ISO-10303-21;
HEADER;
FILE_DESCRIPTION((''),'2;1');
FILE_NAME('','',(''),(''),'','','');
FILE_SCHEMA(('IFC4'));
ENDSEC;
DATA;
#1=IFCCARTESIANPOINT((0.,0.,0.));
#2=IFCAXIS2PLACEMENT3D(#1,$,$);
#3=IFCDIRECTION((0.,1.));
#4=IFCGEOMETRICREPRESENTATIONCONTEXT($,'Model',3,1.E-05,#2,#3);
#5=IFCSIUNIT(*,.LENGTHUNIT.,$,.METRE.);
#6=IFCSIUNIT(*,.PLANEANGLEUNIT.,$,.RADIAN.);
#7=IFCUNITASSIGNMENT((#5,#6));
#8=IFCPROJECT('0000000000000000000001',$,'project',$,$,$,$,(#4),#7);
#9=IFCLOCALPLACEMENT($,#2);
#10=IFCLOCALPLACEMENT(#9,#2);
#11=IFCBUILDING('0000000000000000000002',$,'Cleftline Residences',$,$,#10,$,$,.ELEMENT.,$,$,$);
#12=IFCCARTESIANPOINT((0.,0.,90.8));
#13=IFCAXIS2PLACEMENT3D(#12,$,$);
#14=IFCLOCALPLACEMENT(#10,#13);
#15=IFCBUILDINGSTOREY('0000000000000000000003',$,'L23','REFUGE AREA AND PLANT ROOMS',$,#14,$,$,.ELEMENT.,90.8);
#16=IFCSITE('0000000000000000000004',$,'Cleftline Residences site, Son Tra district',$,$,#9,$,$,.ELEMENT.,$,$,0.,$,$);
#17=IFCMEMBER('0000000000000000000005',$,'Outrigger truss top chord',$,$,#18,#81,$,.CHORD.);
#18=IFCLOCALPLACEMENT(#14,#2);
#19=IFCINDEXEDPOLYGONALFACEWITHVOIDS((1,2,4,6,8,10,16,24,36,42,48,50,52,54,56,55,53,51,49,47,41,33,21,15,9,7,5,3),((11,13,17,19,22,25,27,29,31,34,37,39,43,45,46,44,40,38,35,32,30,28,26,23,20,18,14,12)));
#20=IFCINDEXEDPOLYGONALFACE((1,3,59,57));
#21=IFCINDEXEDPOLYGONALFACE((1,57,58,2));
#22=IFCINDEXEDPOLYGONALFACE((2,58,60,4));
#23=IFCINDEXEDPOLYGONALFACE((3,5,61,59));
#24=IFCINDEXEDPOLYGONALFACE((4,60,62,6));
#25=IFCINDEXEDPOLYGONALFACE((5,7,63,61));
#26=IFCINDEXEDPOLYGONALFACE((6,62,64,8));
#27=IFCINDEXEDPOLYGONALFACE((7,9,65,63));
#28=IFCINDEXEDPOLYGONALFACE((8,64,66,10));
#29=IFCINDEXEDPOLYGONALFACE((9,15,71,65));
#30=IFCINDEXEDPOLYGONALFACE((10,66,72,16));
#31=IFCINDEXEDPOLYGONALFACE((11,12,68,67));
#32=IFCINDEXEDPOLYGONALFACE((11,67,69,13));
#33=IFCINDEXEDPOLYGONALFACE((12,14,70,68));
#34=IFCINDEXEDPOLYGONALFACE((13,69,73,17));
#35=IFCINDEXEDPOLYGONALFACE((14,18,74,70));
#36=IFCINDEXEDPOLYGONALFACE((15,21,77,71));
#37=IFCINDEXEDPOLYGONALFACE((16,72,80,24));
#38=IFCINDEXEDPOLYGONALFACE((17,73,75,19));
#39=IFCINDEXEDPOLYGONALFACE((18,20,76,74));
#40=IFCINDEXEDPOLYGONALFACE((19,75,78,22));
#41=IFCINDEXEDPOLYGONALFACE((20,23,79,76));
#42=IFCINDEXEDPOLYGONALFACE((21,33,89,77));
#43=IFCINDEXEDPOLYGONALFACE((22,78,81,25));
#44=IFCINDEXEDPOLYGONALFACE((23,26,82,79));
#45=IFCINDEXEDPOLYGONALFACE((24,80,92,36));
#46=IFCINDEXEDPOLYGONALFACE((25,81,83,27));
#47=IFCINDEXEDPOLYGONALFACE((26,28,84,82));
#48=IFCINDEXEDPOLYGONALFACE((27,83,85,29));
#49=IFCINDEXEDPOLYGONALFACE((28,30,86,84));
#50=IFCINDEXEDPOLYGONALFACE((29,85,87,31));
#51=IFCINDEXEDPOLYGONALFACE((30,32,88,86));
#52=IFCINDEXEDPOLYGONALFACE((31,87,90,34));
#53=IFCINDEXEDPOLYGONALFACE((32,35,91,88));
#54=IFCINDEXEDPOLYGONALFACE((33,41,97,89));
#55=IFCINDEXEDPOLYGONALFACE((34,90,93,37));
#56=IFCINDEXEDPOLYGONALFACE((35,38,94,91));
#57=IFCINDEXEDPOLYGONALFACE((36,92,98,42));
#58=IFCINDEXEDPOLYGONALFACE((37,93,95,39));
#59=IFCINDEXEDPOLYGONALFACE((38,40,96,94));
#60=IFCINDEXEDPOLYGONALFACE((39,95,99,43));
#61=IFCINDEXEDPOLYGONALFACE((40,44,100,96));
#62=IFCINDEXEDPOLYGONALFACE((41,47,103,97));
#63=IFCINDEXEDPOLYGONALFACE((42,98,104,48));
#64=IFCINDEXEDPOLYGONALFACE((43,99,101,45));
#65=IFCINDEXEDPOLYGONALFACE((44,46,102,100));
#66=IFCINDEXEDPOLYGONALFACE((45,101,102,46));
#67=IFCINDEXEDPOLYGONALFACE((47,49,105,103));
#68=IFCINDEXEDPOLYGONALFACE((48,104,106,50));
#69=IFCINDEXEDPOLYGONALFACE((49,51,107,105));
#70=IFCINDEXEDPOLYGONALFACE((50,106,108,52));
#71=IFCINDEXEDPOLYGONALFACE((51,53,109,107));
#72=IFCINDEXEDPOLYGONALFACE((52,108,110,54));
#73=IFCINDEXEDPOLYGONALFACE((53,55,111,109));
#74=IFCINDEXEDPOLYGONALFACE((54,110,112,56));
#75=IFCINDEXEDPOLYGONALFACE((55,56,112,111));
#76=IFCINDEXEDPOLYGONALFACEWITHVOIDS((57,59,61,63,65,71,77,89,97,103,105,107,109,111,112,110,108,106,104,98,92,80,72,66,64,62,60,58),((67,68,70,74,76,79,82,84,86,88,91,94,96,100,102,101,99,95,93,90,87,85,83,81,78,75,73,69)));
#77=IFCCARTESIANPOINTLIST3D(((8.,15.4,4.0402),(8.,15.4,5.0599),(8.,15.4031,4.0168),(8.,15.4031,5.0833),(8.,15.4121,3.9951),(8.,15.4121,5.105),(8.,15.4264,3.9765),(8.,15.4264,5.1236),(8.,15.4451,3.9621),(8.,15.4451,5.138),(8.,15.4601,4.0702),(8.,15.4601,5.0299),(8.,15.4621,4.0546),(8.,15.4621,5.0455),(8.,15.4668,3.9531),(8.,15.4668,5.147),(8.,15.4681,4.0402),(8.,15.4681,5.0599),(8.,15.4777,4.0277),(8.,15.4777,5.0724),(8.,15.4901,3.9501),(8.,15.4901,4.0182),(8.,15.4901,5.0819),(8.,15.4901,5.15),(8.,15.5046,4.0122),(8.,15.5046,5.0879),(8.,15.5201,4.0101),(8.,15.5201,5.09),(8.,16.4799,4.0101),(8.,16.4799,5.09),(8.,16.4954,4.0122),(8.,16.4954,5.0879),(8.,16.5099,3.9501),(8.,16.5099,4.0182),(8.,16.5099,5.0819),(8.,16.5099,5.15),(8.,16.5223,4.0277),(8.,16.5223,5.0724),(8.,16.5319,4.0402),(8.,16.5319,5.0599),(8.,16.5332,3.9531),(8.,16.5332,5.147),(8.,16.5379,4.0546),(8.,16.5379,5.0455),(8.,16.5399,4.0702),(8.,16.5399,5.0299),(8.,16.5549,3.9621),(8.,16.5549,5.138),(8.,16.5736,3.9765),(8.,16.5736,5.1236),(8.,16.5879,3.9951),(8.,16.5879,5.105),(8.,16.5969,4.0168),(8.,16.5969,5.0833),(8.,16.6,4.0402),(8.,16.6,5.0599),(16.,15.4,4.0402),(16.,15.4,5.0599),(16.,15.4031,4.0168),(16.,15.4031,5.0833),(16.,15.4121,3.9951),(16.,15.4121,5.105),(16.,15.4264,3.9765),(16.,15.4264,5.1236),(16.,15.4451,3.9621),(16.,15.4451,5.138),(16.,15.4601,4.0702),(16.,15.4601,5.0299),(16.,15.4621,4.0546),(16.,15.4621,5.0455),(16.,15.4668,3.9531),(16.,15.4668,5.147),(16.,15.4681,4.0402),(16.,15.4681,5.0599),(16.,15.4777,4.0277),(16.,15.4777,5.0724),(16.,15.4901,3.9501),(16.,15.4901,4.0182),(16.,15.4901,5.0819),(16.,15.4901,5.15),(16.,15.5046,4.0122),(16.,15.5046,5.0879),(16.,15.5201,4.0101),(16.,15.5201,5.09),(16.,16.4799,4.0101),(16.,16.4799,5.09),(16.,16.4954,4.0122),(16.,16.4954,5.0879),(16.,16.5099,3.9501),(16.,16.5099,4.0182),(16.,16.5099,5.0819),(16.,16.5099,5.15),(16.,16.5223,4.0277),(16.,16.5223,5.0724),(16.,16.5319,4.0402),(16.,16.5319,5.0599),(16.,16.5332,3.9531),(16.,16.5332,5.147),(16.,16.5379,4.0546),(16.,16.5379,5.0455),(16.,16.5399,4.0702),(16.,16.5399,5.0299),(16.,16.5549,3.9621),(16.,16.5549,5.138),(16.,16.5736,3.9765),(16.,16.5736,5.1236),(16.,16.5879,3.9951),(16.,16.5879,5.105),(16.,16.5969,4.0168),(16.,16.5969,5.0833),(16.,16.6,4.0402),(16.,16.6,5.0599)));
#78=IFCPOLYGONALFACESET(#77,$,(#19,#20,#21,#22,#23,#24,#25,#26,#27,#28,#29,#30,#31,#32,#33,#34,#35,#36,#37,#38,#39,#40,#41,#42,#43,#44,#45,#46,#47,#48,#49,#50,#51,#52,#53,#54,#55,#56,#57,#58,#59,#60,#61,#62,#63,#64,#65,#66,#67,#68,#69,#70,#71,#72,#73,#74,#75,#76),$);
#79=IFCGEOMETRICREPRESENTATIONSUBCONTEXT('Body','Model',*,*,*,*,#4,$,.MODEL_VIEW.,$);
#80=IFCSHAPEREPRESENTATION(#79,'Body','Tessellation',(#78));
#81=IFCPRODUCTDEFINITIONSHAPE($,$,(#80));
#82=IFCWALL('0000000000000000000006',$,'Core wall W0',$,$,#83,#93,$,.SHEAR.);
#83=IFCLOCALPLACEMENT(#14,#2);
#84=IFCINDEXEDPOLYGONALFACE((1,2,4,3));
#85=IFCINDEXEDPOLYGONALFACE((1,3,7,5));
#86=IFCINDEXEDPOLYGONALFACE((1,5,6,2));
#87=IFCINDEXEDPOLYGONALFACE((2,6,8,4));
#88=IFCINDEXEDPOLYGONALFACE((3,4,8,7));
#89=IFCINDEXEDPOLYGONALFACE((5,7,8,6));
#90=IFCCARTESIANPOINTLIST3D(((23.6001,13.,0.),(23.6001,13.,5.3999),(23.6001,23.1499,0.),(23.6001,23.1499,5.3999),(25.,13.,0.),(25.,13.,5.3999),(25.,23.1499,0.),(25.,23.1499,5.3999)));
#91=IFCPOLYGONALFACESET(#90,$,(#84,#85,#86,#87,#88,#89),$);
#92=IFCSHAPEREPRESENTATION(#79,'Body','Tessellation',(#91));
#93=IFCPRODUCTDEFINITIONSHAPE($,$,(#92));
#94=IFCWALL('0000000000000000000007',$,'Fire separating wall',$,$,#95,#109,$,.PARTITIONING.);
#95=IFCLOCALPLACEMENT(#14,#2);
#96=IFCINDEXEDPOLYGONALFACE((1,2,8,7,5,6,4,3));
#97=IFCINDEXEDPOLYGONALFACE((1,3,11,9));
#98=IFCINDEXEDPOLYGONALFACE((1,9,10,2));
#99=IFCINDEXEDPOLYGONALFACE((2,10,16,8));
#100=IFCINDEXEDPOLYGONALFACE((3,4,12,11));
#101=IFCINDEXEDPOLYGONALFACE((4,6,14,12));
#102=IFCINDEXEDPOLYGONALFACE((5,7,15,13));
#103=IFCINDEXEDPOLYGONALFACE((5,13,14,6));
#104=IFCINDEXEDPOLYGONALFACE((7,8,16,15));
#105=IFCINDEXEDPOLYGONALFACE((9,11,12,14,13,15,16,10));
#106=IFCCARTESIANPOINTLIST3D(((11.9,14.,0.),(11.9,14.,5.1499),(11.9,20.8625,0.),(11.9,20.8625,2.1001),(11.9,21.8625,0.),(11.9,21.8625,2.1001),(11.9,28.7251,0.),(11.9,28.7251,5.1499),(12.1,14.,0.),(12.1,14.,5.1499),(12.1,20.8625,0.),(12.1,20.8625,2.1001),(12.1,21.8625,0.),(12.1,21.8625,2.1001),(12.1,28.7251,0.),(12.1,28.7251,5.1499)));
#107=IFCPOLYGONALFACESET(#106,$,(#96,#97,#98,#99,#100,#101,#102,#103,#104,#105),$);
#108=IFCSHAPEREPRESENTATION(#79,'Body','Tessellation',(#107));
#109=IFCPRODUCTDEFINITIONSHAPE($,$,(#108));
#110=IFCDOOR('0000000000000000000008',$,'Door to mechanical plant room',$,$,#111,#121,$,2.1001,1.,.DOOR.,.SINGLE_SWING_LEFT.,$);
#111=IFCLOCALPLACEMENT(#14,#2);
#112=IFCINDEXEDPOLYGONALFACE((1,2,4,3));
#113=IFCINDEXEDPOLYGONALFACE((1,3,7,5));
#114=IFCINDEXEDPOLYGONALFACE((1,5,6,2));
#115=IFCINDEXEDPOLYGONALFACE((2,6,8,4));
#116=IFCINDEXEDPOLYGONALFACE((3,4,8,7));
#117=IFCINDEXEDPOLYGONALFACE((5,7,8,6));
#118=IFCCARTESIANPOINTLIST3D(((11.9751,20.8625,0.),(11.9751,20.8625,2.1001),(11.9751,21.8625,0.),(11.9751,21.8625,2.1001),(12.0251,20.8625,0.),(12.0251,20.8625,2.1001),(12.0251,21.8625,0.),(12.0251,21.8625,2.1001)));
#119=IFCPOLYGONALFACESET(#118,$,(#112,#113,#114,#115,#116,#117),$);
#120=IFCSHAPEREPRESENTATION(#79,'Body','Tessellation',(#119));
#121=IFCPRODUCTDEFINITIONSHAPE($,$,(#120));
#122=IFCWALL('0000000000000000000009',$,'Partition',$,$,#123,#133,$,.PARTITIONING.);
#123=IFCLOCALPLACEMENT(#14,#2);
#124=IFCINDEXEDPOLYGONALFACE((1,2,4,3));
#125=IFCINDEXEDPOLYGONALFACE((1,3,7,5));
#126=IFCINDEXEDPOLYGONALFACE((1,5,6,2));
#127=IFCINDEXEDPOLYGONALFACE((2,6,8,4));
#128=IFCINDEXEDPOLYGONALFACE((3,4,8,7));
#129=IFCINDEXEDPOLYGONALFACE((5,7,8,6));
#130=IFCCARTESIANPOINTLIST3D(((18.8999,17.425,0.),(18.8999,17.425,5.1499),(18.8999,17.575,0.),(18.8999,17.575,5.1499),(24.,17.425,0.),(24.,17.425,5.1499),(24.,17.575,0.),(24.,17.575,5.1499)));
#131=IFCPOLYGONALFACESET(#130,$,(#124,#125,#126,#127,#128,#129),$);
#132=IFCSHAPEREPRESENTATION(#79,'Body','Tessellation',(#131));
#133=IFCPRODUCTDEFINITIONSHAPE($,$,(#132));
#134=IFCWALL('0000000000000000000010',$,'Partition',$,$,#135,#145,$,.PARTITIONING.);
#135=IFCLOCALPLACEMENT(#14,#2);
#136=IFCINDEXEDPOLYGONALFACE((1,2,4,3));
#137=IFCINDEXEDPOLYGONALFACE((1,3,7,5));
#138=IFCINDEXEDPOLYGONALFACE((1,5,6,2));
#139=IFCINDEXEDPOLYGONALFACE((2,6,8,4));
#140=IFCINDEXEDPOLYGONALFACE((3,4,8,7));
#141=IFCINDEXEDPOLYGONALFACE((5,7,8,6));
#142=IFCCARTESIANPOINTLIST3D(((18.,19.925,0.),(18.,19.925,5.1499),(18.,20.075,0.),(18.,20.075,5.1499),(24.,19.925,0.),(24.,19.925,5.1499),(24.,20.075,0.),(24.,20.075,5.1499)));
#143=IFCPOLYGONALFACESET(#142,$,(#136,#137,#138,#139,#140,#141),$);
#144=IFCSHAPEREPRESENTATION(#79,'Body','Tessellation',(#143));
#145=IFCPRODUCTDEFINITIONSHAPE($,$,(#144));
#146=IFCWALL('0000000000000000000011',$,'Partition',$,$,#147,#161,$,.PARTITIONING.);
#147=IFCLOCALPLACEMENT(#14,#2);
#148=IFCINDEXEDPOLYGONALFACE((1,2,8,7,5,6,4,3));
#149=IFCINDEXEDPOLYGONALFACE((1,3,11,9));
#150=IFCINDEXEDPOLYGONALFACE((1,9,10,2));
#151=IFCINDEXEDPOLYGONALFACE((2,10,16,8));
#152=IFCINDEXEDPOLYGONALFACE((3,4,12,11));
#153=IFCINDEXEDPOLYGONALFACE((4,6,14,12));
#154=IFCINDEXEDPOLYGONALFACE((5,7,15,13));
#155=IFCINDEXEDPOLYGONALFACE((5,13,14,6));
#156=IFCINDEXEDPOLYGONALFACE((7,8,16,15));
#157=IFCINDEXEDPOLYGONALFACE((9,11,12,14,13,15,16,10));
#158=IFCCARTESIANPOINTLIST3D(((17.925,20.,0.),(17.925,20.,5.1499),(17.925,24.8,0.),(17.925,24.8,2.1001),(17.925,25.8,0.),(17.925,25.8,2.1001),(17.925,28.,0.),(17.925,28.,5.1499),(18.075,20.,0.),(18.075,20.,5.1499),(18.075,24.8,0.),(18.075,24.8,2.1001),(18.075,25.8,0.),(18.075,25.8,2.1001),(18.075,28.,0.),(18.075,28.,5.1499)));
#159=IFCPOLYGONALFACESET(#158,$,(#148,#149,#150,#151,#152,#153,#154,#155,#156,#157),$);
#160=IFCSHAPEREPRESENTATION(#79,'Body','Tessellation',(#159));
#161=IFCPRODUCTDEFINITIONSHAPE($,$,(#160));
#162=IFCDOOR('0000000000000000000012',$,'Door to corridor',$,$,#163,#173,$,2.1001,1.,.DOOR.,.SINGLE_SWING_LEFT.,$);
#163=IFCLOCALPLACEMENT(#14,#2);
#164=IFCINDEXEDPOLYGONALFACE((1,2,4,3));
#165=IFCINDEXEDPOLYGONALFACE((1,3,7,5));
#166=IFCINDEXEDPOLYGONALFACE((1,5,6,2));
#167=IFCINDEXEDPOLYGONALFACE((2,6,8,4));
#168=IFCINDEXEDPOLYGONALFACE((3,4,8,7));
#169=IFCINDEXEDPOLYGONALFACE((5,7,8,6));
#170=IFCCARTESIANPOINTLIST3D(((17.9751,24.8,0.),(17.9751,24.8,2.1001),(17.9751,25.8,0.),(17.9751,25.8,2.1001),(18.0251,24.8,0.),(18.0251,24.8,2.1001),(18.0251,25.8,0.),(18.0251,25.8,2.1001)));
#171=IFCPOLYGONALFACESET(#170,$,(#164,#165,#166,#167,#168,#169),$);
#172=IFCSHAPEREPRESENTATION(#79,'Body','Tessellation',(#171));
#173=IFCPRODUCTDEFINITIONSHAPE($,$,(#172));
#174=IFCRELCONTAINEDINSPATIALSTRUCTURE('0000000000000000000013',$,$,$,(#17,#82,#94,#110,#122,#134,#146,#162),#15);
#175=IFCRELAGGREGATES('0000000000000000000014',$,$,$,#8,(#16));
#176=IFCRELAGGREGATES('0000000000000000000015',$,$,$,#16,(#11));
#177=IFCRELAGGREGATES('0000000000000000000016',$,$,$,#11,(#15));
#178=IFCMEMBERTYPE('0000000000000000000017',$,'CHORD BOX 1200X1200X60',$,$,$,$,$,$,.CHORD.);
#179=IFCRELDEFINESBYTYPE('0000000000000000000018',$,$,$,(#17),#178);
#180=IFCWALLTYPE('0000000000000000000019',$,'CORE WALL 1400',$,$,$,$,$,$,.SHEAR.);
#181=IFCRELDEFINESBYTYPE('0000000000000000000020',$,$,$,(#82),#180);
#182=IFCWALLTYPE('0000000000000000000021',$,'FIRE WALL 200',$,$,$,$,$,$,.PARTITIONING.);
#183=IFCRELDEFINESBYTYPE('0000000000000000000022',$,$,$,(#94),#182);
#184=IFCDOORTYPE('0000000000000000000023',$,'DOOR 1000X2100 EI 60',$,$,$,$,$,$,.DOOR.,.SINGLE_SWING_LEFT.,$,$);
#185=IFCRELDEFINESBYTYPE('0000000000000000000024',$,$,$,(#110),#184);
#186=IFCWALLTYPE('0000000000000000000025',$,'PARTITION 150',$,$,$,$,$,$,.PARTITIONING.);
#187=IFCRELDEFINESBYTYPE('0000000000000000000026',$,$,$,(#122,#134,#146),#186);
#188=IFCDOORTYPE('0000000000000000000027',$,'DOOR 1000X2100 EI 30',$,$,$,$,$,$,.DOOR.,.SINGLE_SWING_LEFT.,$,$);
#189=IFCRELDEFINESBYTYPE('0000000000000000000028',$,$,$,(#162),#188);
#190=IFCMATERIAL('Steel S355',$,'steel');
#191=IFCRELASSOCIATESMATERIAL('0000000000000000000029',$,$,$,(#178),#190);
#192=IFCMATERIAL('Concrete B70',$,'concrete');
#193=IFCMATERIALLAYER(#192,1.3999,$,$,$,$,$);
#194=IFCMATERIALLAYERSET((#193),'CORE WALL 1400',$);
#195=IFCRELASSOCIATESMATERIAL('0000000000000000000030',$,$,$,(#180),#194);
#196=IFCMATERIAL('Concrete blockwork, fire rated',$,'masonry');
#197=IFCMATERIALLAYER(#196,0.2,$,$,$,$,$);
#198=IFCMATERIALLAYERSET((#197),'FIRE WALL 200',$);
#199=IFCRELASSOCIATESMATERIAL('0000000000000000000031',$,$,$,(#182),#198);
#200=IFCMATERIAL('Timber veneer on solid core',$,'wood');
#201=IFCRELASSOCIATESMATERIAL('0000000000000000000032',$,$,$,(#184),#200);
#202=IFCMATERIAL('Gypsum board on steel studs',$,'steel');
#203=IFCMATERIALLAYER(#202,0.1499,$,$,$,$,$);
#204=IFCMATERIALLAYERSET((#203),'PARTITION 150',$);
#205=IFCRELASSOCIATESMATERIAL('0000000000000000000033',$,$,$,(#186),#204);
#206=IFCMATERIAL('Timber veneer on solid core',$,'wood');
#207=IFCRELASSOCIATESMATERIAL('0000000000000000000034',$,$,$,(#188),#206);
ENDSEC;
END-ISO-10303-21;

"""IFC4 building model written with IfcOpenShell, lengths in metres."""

from ifc_helpers import new_model, si_unit, direction, frame, frame_2d, origin, origin_2d, place, context, subcontext, project, spatial, rectangle, hollow_rectangle, extrude, material, layer, layer_set, material_profile, profile_set, type_object, element, fill, save


model = new_model("IFC4")

# Units and contexts
model_context = context("Model", 3, precision=1e-05, world=origin(), true_north=direction((0.0, 1.0)))
body_context = subcontext(model_context, "Body", "Model", "MODEL_VIEW")
ifc_project = project(units=[si_unit("LENGTHUNIT", "METRE"), si_unit("PLANEANGLEUNIT", "RADIAN")], contexts=[model_context])

# Site, building, storey
site_placement = place(None, origin())
site = spatial("IfcSite", under=ifc_project, at=site_placement, Name="Cleftline Residences site, Son Tra district", CompositionType="ELEMENT", RefElevation=0.0)
building_placement = place(site_placement, origin())
building = spatial("IfcBuilding", under=site, at=building_placement, Name="Cleftline Residences", CompositionType="ELEMENT")
storey_placement = place(building_placement, frame((0.0, 0.0, 90.8)))
storey = spatial("IfcBuildingStorey", under=building, at=storey_placement, Name="L23", Description="REFUGE AREA AND PLANT ROOMS", CompositionType="ELEMENT", Elevation=90.8)

# Member
ifc_material_1 = material(Name="Steel S355", Category="steel")
ifc_material_profile_1 = material_profile(ifc_material_1, hollow_rectangle(XDim=1.2, YDim=1.2, WallThickness=0.0601, InnerFilletRadius=0.0601, OuterFilletRadius=0.0901, at=origin_2d()))
ifc_profile_set_1 = profile_set([ifc_material_profile_1], Name="Steel S355")
member_type_1 = type_object("IfcMemberType", Name="CHORD BOX 1200X1200X60", PredefinedType="CHORD", material=ifc_profile_set_1)
for number, where, z_axis, x_axis, name in (
    (1, (16.0, 16.0, 4.55), (-1.0, 0.0, 0.0), (0.0, -1.0, 0.0), "Outrigger truss top chord"),
):
    element("IfcMember", number, at=place(storey_placement, frame(where, z_axis=z_axis, x_axis=x_axis)), inside=storey, type_object=member_type_1, Name=name, PredefinedType="CHORD", context=body_context, shape_type="SweptSolid", body=[
        extrude(hollow_rectangle(XDim=1.2, YDim=1.2, WallThickness=0.0601, InnerFilletRadius=0.0601, OuterFilletRadius=0.0901, at=origin_2d()), origin(), (0.0, 0.0, 1.0), 8.0),
    ])

# Wall
ifc_material_2 = material(Name="Concrete B70", Category="concrete")
ifc_layer_1 = layer(ifc_material_2, 1.3999)
ifc_layer_set_1 = layer_set([ifc_layer_1], Name="CORE WALL 1400")
wall_type_1 = type_object("IfcWallType", Name="CORE WALL 1400", PredefinedType="SHEAR", material=ifc_layer_set_1)
wall_1_placement = place(storey_placement, frame((24.3, 13.0, 0.0), z_axis=(0.0, 0.0, 1.0), x_axis=(0.0, 1.0, 0.0)))
element("IfcWall", 2, at=wall_1_placement, inside=storey, type_object=wall_type_1, Name="Core wall W0", PredefinedType="SHEAR", context=body_context, shape_type="SweptSolid", body=[
    extrude(rectangle(XDim=10.1499, YDim=1.3999, at=frame_2d((5.075, 0.0))), origin(), (0.0, 0.0, 1.0), 5.3999),
])

# Wall, opening, door
ifc_material_3 = material(Name="Concrete blockwork, fire rated", Category="masonry")
ifc_layer_2 = layer(ifc_material_3, 0.2)
ifc_layer_set_2 = layer_set([ifc_layer_2], Name="FIRE WALL 200")
wall_type_2 = type_object("IfcWallType", Name="FIRE WALL 200", PredefinedType="PARTITIONING", material=ifc_layer_set_2)
wall_2_placement = place(storey_placement, frame((12.0, 14.0, 0.0), z_axis=(0.0, 0.0, 1.0), x_axis=(0.0, 1.0, 0.0)))
wall_2 = element("IfcWall", 3, at=wall_2_placement, inside=storey, type_object=wall_type_2, Name="Fire separating wall", PredefinedType="PARTITIONING", context=body_context, shape_type="SweptSolid", body=[
    extrude(rectangle(XDim=14.7251, YDim=0.2, at=frame_2d((7.3625, 0.0))), origin(), (0.0, 0.0, 1.0), 5.1499),
])
opening_1_placement = place(wall_2_placement, frame((6.8625, 0.0, 0.0)))
opening_1 = element("IfcOpeningElement", 4, at=opening_1_placement, cuts=wall_2, PredefinedType="OPENING", context=body_context, shape_type="SweptSolid", body=[
    extrude(rectangle(XDim=1.0, YDim=2.1001, at=frame_2d((0.5, 1.05))), frame((0.0, 0.1099, 0.0), z_axis=(0.0, -1.0, 0.0), x_axis=(1.0, 0.0, 0.0)), (0.0, 0.0, 1.0), 0.22),
])
ifc_material_4 = material(Name="Timber veneer on solid core", Category="wood")
door_type_1 = type_object("IfcDoorType", Name="DOOR 1000X2100 EI 60", OperationType="SINGLE_SWING_LEFT", PredefinedType="DOOR", material=ifc_material_4)
door_1_placement = place(opening_1_placement, origin())
door_1 = element("IfcDoor", 5, at=door_1_placement, inside=storey, type_object=door_type_1, Name="Door to mechanical plant room", OperationType="SINGLE_SWING_LEFT", OverallHeight=2.1001, OverallWidth=1.0, PredefinedType="DOOR", context=body_context, shape_type="SweptSolid", body=[
    extrude(rectangle(XDim=1.0, YDim=2.1001, at=frame_2d((0.5, 1.05))), frame((0.0, 0.0249, 0.0), z_axis=(0.0, -1.0, 0.0), x_axis=(1.0, 0.0, 0.0)), (0.0, 0.0, 1.0), 0.05),
])
fill(opening_1, door_1)

# Walls
ifc_material_5 = material(Name="Gypsum board on steel studs", Category="steel")
ifc_layer_3 = layer(ifc_material_5, 0.1499)
ifc_layer_set_3 = layer_set([ifc_layer_3], Name="PARTITION 150")
wall_type_3 = type_object("IfcWallType", Name="PARTITION 150", PredefinedType="PARTITIONING", material=ifc_layer_set_3)
wall_3_placement = place(storey_placement, frame((18.8999, 17.5, 0.0), z_axis=(0.0, 0.0, 1.0), x_axis=(1.0, 0.0, 0.0)))
element("IfcWall", 6, at=wall_3_placement, inside=storey, type_object=wall_type_3, Name="Partition", PredefinedType="PARTITIONING", context=body_context, shape_type="SweptSolid", body=[
    extrude(rectangle(XDim=5.1001, YDim=0.1499, at=frame_2d((2.55, 0.0))), origin(), (0.0, 0.0, 1.0), 5.1499),
])
wall_4_placement = place(storey_placement, frame((18.0, 20.0, 0.0), z_axis=(0.0, 0.0, 1.0), x_axis=(1.0, 0.0, 0.0)))
element("IfcWall", 7, at=wall_4_placement, inside=storey, type_object=wall_type_3, Name="Partition", PredefinedType="PARTITIONING", context=body_context, shape_type="SweptSolid", body=[
    extrude(rectangle(XDim=6.0, YDim=0.1499, at=frame_2d((3.0, 0.0))), origin(), (0.0, 0.0, 1.0), 5.1499),
])

# Wall, opening, door
wall_5_placement = place(storey_placement, frame((18.0, 20.0, 0.0), z_axis=(0.0, 0.0, 1.0), x_axis=(0.0, 1.0, 0.0)))
wall_5 = element("IfcWall", 8, at=wall_5_placement, inside=storey, type_object=wall_type_3, Name="Partition", PredefinedType="PARTITIONING", context=body_context, shape_type="SweptSolid", body=[
    extrude(rectangle(XDim=8.0, YDim=0.1499, at=frame_2d((4.0, 0.0))), origin(), (0.0, 0.0, 1.0), 5.1499),
])
opening_2_placement = place(wall_5_placement, frame((4.8, 0.0, 0.0)))
opening_2 = element("IfcOpeningElement", 9, at=opening_2_placement, cuts=wall_5, PredefinedType="OPENING", context=body_context, shape_type="SweptSolid", body=[
    extrude(rectangle(XDim=1.0, YDim=2.1001, at=frame_2d((0.5, 1.05))), frame((0.0, 0.085, 0.0), z_axis=(0.0, -1.0, 0.0), x_axis=(1.0, 0.0, 0.0)), (0.0, 0.0, 1.0), 0.1699),
])
ifc_material_6 = material(Name="Timber veneer on solid core", Category="wood")
door_type_2 = type_object("IfcDoorType", Name="DOOR 1000X2100 EI 30", OperationType="SINGLE_SWING_LEFT", PredefinedType="DOOR", material=ifc_material_6)
door_2_placement = place(opening_2_placement, origin())
door_2 = element("IfcDoor", 10, at=door_2_placement, inside=storey, type_object=door_type_2, Name="Door to corridor", OperationType="SINGLE_SWING_LEFT", OverallHeight=2.1001, OverallWidth=1.0, PredefinedType="DOOR", context=body_context, shape_type="SweptSolid", body=[
    extrude(rectangle(XDim=1.0, YDim=2.1001, at=frame_2d((0.5, 1.05))), frame((0.0, 0.0249, 0.0), z_axis=(0.0, -1.0, 0.0), x_axis=(1.0, 0.0, 0.0)), (0.0, 0.0, 1.0), 0.05),
])
fill(opening_2, door_2)

save(model, "model.ifc")
